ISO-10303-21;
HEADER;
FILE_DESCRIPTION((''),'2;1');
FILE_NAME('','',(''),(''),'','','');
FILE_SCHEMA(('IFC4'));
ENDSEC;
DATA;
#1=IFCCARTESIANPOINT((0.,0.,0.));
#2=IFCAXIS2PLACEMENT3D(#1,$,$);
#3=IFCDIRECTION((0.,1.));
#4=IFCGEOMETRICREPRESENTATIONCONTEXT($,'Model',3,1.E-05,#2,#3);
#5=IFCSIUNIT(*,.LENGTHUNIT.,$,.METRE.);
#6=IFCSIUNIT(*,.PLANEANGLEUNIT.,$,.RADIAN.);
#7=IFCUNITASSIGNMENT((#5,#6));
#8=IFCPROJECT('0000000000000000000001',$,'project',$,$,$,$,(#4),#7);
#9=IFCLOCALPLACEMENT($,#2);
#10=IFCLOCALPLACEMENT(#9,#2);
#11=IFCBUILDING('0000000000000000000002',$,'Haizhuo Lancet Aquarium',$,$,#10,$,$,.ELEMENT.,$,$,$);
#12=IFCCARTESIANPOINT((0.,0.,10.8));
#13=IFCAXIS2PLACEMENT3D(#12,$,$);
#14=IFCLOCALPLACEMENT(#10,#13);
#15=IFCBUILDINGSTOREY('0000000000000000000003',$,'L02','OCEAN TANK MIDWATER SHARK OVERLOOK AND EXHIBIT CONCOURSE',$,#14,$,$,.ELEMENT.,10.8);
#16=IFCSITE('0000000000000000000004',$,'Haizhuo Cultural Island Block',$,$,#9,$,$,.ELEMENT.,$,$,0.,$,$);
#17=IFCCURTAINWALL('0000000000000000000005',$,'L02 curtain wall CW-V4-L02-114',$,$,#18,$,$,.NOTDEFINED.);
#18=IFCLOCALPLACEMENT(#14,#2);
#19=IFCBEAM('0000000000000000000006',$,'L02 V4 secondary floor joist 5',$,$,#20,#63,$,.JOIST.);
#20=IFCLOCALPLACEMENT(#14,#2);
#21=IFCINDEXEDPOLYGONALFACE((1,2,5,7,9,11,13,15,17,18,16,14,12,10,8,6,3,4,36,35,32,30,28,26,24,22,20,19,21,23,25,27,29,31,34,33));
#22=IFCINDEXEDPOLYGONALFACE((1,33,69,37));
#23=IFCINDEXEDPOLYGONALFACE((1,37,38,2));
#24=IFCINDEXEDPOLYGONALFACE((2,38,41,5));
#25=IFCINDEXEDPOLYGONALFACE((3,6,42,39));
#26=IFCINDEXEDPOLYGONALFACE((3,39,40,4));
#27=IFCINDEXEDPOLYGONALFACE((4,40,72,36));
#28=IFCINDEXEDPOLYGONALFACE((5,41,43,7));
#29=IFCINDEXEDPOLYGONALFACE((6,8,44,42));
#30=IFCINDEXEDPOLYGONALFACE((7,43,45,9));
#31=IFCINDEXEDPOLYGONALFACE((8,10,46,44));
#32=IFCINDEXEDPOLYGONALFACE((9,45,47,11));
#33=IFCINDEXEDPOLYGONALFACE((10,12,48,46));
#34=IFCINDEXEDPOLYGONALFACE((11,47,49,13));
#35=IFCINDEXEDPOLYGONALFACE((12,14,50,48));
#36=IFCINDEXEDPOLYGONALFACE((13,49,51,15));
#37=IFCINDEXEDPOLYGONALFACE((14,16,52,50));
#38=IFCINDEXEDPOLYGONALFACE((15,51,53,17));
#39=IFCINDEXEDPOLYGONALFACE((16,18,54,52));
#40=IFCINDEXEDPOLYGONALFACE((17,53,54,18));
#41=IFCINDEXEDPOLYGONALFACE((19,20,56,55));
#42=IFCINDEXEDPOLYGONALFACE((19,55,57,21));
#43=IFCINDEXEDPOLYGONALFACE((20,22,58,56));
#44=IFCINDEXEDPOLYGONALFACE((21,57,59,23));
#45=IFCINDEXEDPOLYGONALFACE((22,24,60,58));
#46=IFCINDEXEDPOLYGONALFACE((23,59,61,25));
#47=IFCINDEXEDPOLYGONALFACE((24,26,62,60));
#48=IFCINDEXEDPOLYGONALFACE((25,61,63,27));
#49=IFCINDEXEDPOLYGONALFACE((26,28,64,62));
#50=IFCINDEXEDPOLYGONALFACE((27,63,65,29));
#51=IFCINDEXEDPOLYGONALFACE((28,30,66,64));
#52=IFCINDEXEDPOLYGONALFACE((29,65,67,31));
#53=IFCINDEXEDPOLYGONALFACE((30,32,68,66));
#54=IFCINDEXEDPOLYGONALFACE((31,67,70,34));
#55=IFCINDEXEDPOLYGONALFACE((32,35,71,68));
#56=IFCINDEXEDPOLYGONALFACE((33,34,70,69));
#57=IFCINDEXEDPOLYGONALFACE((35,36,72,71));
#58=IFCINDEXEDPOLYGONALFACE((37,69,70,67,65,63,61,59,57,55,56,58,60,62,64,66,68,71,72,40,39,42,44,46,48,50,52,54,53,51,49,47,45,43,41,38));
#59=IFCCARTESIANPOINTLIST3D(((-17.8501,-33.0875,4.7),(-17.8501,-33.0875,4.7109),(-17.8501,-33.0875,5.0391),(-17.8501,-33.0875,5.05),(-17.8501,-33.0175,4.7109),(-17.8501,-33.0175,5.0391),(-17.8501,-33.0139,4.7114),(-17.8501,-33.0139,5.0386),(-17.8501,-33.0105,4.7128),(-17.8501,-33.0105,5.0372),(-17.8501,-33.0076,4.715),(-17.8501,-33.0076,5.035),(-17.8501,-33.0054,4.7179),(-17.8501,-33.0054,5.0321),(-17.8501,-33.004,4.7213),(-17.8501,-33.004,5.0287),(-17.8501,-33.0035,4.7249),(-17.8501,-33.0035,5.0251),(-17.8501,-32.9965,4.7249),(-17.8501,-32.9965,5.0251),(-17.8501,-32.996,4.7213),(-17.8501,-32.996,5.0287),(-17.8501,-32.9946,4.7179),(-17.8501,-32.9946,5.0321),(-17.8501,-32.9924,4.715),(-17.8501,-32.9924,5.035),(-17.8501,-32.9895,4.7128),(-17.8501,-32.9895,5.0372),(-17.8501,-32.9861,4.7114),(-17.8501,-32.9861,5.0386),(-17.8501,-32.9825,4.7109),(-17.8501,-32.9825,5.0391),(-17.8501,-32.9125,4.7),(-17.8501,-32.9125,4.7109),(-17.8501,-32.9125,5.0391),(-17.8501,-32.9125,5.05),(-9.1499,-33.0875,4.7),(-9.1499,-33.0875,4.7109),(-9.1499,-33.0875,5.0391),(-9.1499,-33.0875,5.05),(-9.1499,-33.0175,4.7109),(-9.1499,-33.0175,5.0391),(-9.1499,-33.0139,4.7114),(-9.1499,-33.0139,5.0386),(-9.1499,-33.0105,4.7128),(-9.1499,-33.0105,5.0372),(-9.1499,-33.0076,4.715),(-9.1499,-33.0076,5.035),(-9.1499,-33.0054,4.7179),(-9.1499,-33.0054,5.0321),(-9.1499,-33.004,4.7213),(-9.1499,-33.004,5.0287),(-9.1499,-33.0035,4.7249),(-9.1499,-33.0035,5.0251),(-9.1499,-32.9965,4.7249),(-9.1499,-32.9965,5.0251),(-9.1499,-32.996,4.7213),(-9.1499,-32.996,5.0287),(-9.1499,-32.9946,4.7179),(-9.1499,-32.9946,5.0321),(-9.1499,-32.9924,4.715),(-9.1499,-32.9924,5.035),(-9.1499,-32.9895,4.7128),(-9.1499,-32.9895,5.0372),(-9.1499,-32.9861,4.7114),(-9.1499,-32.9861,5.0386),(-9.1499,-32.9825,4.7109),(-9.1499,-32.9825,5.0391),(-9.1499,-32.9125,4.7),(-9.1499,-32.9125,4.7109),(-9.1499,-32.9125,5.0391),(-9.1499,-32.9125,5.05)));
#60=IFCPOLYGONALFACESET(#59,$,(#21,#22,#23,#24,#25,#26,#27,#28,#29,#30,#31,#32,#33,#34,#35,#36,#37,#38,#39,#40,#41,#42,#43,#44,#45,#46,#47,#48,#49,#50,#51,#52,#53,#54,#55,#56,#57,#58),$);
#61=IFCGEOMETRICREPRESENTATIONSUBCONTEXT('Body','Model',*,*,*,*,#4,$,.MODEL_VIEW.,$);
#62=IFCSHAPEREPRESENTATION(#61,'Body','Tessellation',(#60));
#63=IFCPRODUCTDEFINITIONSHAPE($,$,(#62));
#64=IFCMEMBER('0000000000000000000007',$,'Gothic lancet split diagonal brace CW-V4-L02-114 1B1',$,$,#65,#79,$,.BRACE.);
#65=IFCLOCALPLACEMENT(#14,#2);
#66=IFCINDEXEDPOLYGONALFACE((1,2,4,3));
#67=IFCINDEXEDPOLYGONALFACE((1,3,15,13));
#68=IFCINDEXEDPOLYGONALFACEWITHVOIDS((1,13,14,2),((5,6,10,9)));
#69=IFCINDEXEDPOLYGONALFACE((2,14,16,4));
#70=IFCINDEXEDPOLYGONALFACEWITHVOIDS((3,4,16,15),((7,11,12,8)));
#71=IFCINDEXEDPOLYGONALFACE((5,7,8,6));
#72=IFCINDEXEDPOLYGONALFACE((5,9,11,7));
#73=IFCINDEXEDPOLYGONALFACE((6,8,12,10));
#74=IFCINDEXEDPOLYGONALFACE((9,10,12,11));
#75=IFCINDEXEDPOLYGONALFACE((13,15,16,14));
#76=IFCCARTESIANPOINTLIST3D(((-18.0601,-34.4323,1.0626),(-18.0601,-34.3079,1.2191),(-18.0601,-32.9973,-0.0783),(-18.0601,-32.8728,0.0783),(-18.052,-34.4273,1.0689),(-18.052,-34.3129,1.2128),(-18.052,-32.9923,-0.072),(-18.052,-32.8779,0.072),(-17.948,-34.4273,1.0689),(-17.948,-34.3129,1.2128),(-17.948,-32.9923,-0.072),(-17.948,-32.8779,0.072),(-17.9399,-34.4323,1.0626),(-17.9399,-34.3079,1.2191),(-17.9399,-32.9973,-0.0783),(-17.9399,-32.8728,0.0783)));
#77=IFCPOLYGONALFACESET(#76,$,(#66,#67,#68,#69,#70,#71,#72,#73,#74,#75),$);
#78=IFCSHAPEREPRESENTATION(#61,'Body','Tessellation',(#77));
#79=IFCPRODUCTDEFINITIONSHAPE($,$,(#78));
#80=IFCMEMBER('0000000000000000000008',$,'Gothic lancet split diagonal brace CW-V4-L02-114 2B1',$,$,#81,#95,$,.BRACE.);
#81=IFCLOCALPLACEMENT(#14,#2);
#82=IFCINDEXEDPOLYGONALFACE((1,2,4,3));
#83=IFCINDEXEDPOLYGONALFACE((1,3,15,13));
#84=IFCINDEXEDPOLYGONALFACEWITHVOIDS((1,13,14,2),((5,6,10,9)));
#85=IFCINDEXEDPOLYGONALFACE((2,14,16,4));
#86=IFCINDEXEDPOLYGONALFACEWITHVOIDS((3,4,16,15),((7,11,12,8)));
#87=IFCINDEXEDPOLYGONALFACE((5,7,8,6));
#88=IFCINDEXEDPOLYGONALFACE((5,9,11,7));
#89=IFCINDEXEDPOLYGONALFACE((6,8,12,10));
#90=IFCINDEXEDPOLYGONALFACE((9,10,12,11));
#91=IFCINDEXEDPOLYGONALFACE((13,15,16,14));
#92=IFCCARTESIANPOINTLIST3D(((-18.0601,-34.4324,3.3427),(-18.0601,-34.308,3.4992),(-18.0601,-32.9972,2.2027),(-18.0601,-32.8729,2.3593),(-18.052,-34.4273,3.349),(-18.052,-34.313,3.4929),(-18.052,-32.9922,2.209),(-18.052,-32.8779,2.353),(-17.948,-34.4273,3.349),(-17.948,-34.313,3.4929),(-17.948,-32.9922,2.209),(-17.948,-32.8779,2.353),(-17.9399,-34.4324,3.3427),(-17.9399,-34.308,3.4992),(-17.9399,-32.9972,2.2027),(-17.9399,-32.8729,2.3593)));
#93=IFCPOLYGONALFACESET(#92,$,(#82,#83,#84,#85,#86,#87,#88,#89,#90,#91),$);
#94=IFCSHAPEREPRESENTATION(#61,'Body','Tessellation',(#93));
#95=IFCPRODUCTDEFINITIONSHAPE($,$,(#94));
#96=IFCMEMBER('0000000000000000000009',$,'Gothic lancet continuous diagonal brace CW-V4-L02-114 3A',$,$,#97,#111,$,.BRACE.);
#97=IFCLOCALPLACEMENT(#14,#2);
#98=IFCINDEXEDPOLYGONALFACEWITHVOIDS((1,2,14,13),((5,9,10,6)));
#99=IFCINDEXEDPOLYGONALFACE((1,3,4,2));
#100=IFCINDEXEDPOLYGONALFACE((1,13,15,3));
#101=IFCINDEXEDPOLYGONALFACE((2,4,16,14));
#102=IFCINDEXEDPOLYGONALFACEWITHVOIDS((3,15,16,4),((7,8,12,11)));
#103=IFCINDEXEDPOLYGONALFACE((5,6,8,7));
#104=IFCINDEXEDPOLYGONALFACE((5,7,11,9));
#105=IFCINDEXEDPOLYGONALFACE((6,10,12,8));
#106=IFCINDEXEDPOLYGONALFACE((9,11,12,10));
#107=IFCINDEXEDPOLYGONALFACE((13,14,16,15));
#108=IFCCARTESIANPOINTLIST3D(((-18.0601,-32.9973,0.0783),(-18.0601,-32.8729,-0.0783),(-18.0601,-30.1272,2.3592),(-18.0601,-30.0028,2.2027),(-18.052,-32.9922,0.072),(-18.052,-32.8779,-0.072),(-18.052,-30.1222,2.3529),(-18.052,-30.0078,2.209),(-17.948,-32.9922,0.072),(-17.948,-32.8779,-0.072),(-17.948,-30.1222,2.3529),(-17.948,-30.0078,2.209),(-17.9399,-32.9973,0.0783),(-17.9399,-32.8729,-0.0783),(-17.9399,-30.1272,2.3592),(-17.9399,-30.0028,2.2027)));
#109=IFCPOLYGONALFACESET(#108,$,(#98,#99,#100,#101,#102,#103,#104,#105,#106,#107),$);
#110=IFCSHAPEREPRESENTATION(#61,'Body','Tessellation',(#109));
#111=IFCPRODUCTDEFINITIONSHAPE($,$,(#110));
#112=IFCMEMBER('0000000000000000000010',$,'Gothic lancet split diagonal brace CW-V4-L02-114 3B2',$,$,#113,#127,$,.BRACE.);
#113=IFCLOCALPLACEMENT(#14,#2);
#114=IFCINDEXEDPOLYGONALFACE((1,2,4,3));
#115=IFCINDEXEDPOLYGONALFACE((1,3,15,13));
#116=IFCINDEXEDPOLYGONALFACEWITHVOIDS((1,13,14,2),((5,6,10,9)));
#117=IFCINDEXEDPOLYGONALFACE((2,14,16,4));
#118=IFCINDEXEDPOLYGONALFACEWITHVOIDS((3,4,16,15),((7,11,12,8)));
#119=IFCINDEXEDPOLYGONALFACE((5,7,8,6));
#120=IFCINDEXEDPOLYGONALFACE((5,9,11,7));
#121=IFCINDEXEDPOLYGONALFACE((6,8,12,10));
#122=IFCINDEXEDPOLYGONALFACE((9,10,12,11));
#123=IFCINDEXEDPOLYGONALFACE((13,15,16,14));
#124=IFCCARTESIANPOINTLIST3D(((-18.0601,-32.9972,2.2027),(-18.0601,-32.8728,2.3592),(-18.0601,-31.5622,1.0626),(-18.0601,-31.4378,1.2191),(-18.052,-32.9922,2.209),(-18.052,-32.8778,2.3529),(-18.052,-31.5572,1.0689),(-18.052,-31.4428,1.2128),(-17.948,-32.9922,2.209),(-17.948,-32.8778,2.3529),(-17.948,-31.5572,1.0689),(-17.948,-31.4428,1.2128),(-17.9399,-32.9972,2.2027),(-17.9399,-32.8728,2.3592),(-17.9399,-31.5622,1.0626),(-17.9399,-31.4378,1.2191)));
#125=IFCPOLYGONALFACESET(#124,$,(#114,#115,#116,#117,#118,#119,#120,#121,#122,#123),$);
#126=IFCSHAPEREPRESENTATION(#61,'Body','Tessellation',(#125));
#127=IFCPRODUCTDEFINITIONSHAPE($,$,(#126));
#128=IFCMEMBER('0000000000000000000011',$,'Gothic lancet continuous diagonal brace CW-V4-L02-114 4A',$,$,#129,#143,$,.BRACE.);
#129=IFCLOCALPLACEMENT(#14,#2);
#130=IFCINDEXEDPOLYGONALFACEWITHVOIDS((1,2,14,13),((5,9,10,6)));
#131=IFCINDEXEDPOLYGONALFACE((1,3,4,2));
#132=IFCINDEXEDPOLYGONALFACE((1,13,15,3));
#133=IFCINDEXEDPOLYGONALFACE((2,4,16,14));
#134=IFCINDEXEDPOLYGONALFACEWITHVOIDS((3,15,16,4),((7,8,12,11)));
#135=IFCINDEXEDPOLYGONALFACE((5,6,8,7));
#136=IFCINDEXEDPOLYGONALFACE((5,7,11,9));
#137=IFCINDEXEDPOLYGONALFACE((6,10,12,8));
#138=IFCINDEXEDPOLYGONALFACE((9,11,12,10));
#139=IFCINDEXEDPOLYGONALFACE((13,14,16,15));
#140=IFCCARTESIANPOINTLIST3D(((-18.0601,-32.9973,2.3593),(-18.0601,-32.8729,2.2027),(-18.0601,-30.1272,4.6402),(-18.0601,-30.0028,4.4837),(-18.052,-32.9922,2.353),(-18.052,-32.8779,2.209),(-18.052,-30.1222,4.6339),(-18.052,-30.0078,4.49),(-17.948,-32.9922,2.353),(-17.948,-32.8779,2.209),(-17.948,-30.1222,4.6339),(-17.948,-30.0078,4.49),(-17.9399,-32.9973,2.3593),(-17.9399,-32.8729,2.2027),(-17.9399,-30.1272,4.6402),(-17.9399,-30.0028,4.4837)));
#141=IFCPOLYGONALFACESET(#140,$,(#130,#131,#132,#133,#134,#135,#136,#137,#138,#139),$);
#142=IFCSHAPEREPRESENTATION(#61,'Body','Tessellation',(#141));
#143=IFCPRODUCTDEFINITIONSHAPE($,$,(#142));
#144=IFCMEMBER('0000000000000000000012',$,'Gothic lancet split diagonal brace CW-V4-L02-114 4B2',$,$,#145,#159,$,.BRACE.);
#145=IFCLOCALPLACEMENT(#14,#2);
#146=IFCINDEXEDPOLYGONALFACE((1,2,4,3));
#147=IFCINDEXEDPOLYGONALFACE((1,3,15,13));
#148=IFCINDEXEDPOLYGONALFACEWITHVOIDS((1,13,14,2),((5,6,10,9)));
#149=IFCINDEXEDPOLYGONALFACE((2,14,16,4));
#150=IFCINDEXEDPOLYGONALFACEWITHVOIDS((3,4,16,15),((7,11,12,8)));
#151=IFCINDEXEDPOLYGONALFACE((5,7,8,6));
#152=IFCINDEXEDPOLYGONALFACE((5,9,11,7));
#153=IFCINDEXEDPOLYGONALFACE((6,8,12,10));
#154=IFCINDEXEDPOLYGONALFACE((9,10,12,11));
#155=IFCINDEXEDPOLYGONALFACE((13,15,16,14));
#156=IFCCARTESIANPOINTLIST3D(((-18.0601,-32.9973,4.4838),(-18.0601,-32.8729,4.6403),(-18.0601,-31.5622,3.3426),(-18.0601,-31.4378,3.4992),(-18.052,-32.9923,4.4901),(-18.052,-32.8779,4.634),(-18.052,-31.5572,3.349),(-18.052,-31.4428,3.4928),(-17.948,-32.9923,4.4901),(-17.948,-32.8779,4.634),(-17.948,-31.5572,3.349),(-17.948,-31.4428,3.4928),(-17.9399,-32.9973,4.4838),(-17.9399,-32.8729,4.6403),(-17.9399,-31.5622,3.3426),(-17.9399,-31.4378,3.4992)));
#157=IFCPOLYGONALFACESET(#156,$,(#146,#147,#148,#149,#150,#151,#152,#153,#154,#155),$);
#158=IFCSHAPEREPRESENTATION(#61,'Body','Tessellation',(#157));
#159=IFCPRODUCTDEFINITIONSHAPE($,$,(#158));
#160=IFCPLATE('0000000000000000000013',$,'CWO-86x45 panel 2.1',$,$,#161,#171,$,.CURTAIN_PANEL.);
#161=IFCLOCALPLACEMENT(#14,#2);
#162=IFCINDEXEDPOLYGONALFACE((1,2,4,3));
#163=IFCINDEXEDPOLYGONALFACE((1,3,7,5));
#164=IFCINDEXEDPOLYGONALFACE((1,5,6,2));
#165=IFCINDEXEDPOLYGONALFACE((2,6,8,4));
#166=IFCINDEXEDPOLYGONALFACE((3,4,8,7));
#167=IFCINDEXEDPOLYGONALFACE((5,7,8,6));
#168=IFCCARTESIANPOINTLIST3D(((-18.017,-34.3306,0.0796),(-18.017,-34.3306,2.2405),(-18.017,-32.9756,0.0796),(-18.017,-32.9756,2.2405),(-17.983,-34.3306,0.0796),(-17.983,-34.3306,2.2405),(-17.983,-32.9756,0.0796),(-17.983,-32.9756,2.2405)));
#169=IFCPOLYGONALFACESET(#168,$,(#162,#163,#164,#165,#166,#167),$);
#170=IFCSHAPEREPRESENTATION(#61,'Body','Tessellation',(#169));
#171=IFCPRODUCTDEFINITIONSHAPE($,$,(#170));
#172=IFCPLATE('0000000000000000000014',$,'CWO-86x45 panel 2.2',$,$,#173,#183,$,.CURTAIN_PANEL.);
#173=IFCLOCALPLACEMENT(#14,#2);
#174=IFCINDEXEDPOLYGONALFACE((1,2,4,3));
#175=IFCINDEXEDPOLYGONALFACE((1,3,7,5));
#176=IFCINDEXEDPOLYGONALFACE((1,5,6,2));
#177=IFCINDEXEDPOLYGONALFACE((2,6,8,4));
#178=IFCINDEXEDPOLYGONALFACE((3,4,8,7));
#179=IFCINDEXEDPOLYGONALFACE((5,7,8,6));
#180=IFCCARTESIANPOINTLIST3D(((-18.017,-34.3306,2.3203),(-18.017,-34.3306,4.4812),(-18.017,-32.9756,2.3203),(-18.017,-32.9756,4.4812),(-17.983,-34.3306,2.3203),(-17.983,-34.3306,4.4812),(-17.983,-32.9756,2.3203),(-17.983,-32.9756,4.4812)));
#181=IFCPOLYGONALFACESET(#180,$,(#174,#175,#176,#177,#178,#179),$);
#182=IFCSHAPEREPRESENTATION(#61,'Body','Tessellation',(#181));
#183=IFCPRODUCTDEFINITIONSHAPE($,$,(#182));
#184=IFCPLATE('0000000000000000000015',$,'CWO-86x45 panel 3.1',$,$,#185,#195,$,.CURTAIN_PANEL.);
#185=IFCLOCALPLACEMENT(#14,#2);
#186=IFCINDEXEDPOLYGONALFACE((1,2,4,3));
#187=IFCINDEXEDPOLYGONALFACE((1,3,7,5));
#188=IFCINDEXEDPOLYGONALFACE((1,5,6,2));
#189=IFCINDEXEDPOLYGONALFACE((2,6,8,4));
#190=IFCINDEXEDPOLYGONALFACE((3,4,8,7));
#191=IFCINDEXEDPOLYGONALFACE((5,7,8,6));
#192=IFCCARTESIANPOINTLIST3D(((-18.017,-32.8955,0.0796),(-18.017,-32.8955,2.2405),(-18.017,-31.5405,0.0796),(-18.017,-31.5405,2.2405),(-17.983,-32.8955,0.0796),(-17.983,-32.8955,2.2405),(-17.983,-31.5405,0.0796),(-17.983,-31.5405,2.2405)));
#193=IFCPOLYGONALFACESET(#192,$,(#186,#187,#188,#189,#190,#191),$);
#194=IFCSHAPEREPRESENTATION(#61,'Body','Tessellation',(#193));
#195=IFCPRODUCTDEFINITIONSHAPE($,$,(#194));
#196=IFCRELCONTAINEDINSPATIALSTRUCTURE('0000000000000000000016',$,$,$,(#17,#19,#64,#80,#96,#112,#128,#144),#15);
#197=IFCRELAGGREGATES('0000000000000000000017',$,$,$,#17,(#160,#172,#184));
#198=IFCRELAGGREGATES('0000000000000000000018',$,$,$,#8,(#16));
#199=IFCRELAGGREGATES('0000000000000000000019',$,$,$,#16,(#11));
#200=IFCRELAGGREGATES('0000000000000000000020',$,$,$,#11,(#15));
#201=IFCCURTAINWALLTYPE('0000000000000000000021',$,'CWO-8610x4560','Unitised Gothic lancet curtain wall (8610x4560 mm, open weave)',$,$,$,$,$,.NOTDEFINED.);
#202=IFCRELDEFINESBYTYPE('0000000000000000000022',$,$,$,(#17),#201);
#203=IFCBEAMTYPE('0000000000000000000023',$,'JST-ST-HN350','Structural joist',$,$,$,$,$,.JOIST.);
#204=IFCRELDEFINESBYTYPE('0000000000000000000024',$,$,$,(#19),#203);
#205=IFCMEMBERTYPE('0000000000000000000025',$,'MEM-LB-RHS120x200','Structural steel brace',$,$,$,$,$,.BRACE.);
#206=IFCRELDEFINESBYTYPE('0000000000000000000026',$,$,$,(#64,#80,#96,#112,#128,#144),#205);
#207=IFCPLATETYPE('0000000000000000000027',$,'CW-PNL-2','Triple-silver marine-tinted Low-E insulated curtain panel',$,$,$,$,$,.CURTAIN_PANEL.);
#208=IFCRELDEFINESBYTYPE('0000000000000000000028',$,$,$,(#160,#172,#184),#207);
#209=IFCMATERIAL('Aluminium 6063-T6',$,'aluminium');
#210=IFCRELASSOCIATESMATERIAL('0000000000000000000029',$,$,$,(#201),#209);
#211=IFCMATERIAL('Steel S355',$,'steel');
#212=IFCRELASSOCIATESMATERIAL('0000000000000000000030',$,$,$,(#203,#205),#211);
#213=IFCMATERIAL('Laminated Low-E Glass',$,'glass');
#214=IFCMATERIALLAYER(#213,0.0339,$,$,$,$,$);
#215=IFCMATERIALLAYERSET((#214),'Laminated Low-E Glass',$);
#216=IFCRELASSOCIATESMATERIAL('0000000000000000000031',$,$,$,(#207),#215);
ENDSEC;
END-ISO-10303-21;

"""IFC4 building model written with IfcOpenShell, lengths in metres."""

from ifc_helpers import new_model, si_unit, direction, frame, origin, origin_2d, place, context, subcontext, project, spatial, rectangle, hollow_rectangle, i_section, extrude, material, layer, layer_set, material_profile, profile_set, type_object, element, aggregate, save


model = new_model("IFC4")

# Units and contexts
model_context = context("Model", 3, precision=1e-05, world=origin(), true_north=direction((0.0, 1.0)))
body_context = subcontext(model_context, "Body", "Model", "MODEL_VIEW")
ifc_project = project(units=[si_unit("LENGTHUNIT", "METRE"), si_unit("PLANEANGLEUNIT", "RADIAN")], contexts=[model_context])

# Site, building, storey
site_placement = place(None, origin())
site = spatial("IfcSite", under=ifc_project, at=site_placement, Name="Haizhuo Cultural Island Block", CompositionType="ELEMENT", RefElevation=0.0)
building_placement = place(site_placement, origin())
building = spatial("IfcBuilding", under=site, at=building_placement, Name="Haizhuo Lancet Aquarium", CompositionType="ELEMENT")
storey_placement = place(building_placement, frame((0.0, 0.0, 10.8)))
storey = spatial("IfcBuildingStorey", under=building, at=storey_placement, Name="L02", Description="OCEAN TANK MIDWATER SHARK OVERLOOK AND EXHIBIT CONCOURSE", CompositionType="ELEMENT", Elevation=10.8)

# Curtain wall
ifc_material_1 = material(Name="Aluminium 6063-T6", Category="aluminium")
curtain_wall_type = type_object("IfcCurtainWallType", Name="CWO-8610x4560", Description="Unitised Gothic lancet curtain wall (8610x4560 mm, open weave)", PredefinedType="NOTDEFINED", material=ifc_material_1)
curtain_wall_placement = place(storey_placement, origin())
curtain_wall = element("IfcCurtainWall", 1, at=curtain_wall_placement, inside=storey, type_object=curtain_wall_type, Name="L02 curtain wall CW-V4-L02-114", PredefinedType="NOTDEFINED")

# Beam
ifc_material_2 = material(Name="Steel S355", Category="steel")
ifc_material_profile_1 = material_profile(ifc_material_2, i_section(OverallWidth=0.175, OverallDepth=0.3501, WebThickness=0.0071, FlangeThickness=0.011, FilletRadius=0.0139, at=origin_2d()), Name="HN 350x175x7x11")
ifc_profile_set_1 = profile_set([ifc_material_profile_1], Name="Steel S355")
beam_type = type_object("IfcBeamType", Name="JST-ST-HN350", Description="Structural joist", PredefinedType="JOIST", material=ifc_profile_set_1)
beam_placement = place(storey_placement, frame((-17.8501, -33.0, 4.875), z_axis=(1.0, 0.0, 0.0), x_axis=(0.0, 1.0, 0.0)))
element("IfcBeam", 2, at=beam_placement, inside=storey, type_object=beam_type, Name="L02 V4 secondary floor joist 5", PredefinedType="JOIST", context=body_context, shape_type="SweptSolid", body=[
    extrude(i_section(OverallWidth=0.175, OverallDepth=0.3501, WebThickness=0.0071, FlangeThickness=0.011, FilletRadius=0.0139, at=origin_2d()), origin(), (0.0, 0.0, 1.0), 8.7002),
])

# Members
ifc_material_profile_2 = material_profile(ifc_material_2, hollow_rectangle(XDim=0.1201, YDim=0.2, WallThickness=0.0081, at=origin_2d()), Name="RHS 120x200x8")
ifc_profile_set_2 = profile_set([ifc_material_profile_2], Name="Steel S355")
member_type_1 = type_object("IfcMemberType", Name="MEM-LB-RHS120x200", Description="Structural steel brace", PredefinedType="BRACE", material=ifc_profile_set_2)
member_1_placement = place(storey_placement, frame((-18.0, -32.9351, 0.0), z_axis=(0.0, -0.782775, 0.622305), x_axis=(1.0, 0.0, 0.0)))
element("IfcMember", 3, at=member_1_placement, inside=storey, type_object=member_type_1, Name="Gothic lancet split diagonal brace CW-V4-L02-114 1B1", PredefinedType="BRACE", context=body_context, shape_type="SweptSolid", body=[
    extrude(hollow_rectangle(XDim=0.1201, YDim=0.2, WallThickness=0.0081, at=origin_2d()), origin(), (0.0, 0.0, 1.0), 1.8333),
])
member_2_placement = place(storey_placement, frame((-18.0, -32.9351, 2.281), z_axis=(0.0, -0.783035, 0.621978), x_axis=(1.0, 0.0, 0.0)))
element("IfcMember", 4, at=member_2_placement, inside=storey, type_object=member_type_1, Name="Gothic lancet split diagonal brace CW-V4-L02-114 2B1", PredefinedType="BRACE", context=body_context, shape_type="SweptSolid", body=[
    extrude(hollow_rectangle(XDim=0.1201, YDim=0.2, WallThickness=0.0081, at=origin_2d()), origin(), (0.0, 0.0, 1.0), 1.8328),
])
member_3_placement = place(storey_placement, frame((-18.0, -32.9351, 0.0), z_axis=(0.0, 0.782872, 0.622182), x_axis=(-1.0, 0.0, 0.0)))
element("IfcMember", 5, at=member_3_placement, inside=storey, type_object=member_type_1, Name="Gothic lancet continuous diagonal brace CW-V4-L02-114 3A", PredefinedType="BRACE", context=body_context, shape_type="SweptSolid", body=[
    extrude(hollow_rectangle(XDim=0.1201, YDim=0.2, WallThickness=0.0081, at=origin_2d()), origin(), (0.0, 0.0, 1.0), 3.666),
])
member_4_placement = place(storey_placement, frame((-18.0, -31.5, 1.1409), z_axis=(0.0, -0.78297, 0.62206), x_axis=(1.0, 0.0, 0.0)))
element("IfcMember", 6, at=member_4_placement, inside=storey, type_object=member_type_1, Name="Gothic lancet split diagonal brace CW-V4-L02-114 3B2", PredefinedType="BRACE", context=body_context, shape_type="SweptSolid", body=[
    extrude(hollow_rectangle(XDim=0.1201, YDim=0.2, WallThickness=0.0081, at=origin_2d()), origin(), (0.0, 0.0, 1.0), 1.8328),
])
member_5_placement = place(storey_placement, frame((-18.0, -32.9351, 2.281), z_axis=(0.0, 0.782872, 0.622182), x_axis=(-1.0, 0.0, 0.0)))
element("IfcMember", 7, at=member_5_placement, inside=storey, type_object=member_type_1, Name="Gothic lancet continuous diagonal brace CW-V4-L02-114 4A", PredefinedType="BRACE", context=body_context, shape_type="SweptSolid", body=[
    extrude(hollow_rectangle(XDim=0.1201, YDim=0.2, WallThickness=0.0081, at=origin_2d()), origin(), (0.0, 0.0, 1.0), 3.666),
])
member_6_placement = place(storey_placement, frame((-18.0, -31.5, 3.4209), z_axis=(0.0, -0.78271, 0.622386), x_axis=(1.0, 0.0, 0.0)))
element("IfcMember", 8, at=member_6_placement, inside=storey, type_object=member_type_1, Name="Gothic lancet split diagonal brace CW-V4-L02-114 4B2", PredefinedType="BRACE", context=body_context, shape_type="SweptSolid", body=[
    extrude(hollow_rectangle(XDim=0.1201, YDim=0.2, WallThickness=0.0081, at=origin_2d()), origin(), (0.0, 0.0, 1.0), 1.8335),
])

# Plates
ifc_material_3 = material(Name="Laminated Low-E Glass", Category="glass")
ifc_layer = layer(ifc_material_3, 0.0339)
ifc_layer_set = layer_set([ifc_layer], Name="Laminated Low-E Glass")
plate_type = type_object("IfcPlateType", Name="CW-PNL-2", Description="Triple-silver marine-tinted Low-E insulated curtain panel", PredefinedType="CURTAIN_PANEL", material=ifc_layer_set)
plate_1_placement = place(storey_placement, frame((-18.0, -33.6531, 0.0796), z_axis=(0.0, 0.0, 1.0), x_axis=(0.0, 1.0, 0.0)))
plate_1 = element("IfcPlate", 9, at=plate_1_placement, type_object=plate_type, Name="CWO-86x45 panel 2.1", PredefinedType="CURTAIN_PANEL", context=body_context, shape_type="SweptSolid", body=[
    extrude(rectangle(XDim=1.355, YDim=0.0339, at=origin_2d()), origin(), (0.0, 0.0, 1.0), 2.1609),
])
plate_2_placement = place(storey_placement, frame((-18.0, -33.6531, 2.3203), z_axis=(0.0, 0.0, 1.0), x_axis=(0.0, 1.0, 0.0)))
plate_2 = element("IfcPlate", 10, at=plate_2_placement, type_object=plate_type, Name="CWO-86x45 panel 2.2", PredefinedType="CURTAIN_PANEL", context=body_context, shape_type="SweptSolid", body=[
    extrude(rectangle(XDim=1.355, YDim=0.0339, at=origin_2d()), origin(), (0.0, 0.0, 1.0), 2.1609),
])
plate_3_placement = place(storey_placement, frame((-18.0, -32.218, 0.0796), z_axis=(0.0, 0.0, 1.0), x_axis=(0.0, 1.0, 0.0)))
plate_3 = element("IfcPlate", 11, at=plate_3_placement, type_object=plate_type, Name="CWO-86x45 panel 3.1", PredefinedType="CURTAIN_PANEL", context=body_context, shape_type="SweptSolid", body=[
    extrude(rectangle(XDim=1.355, YDim=0.0339, at=origin_2d()), origin(), (0.0, 0.0, 1.0), 2.1609),
])
aggregate(curtain_wall, [plate_1, plate_2, plate_3])

save(model, "model.ifc")
